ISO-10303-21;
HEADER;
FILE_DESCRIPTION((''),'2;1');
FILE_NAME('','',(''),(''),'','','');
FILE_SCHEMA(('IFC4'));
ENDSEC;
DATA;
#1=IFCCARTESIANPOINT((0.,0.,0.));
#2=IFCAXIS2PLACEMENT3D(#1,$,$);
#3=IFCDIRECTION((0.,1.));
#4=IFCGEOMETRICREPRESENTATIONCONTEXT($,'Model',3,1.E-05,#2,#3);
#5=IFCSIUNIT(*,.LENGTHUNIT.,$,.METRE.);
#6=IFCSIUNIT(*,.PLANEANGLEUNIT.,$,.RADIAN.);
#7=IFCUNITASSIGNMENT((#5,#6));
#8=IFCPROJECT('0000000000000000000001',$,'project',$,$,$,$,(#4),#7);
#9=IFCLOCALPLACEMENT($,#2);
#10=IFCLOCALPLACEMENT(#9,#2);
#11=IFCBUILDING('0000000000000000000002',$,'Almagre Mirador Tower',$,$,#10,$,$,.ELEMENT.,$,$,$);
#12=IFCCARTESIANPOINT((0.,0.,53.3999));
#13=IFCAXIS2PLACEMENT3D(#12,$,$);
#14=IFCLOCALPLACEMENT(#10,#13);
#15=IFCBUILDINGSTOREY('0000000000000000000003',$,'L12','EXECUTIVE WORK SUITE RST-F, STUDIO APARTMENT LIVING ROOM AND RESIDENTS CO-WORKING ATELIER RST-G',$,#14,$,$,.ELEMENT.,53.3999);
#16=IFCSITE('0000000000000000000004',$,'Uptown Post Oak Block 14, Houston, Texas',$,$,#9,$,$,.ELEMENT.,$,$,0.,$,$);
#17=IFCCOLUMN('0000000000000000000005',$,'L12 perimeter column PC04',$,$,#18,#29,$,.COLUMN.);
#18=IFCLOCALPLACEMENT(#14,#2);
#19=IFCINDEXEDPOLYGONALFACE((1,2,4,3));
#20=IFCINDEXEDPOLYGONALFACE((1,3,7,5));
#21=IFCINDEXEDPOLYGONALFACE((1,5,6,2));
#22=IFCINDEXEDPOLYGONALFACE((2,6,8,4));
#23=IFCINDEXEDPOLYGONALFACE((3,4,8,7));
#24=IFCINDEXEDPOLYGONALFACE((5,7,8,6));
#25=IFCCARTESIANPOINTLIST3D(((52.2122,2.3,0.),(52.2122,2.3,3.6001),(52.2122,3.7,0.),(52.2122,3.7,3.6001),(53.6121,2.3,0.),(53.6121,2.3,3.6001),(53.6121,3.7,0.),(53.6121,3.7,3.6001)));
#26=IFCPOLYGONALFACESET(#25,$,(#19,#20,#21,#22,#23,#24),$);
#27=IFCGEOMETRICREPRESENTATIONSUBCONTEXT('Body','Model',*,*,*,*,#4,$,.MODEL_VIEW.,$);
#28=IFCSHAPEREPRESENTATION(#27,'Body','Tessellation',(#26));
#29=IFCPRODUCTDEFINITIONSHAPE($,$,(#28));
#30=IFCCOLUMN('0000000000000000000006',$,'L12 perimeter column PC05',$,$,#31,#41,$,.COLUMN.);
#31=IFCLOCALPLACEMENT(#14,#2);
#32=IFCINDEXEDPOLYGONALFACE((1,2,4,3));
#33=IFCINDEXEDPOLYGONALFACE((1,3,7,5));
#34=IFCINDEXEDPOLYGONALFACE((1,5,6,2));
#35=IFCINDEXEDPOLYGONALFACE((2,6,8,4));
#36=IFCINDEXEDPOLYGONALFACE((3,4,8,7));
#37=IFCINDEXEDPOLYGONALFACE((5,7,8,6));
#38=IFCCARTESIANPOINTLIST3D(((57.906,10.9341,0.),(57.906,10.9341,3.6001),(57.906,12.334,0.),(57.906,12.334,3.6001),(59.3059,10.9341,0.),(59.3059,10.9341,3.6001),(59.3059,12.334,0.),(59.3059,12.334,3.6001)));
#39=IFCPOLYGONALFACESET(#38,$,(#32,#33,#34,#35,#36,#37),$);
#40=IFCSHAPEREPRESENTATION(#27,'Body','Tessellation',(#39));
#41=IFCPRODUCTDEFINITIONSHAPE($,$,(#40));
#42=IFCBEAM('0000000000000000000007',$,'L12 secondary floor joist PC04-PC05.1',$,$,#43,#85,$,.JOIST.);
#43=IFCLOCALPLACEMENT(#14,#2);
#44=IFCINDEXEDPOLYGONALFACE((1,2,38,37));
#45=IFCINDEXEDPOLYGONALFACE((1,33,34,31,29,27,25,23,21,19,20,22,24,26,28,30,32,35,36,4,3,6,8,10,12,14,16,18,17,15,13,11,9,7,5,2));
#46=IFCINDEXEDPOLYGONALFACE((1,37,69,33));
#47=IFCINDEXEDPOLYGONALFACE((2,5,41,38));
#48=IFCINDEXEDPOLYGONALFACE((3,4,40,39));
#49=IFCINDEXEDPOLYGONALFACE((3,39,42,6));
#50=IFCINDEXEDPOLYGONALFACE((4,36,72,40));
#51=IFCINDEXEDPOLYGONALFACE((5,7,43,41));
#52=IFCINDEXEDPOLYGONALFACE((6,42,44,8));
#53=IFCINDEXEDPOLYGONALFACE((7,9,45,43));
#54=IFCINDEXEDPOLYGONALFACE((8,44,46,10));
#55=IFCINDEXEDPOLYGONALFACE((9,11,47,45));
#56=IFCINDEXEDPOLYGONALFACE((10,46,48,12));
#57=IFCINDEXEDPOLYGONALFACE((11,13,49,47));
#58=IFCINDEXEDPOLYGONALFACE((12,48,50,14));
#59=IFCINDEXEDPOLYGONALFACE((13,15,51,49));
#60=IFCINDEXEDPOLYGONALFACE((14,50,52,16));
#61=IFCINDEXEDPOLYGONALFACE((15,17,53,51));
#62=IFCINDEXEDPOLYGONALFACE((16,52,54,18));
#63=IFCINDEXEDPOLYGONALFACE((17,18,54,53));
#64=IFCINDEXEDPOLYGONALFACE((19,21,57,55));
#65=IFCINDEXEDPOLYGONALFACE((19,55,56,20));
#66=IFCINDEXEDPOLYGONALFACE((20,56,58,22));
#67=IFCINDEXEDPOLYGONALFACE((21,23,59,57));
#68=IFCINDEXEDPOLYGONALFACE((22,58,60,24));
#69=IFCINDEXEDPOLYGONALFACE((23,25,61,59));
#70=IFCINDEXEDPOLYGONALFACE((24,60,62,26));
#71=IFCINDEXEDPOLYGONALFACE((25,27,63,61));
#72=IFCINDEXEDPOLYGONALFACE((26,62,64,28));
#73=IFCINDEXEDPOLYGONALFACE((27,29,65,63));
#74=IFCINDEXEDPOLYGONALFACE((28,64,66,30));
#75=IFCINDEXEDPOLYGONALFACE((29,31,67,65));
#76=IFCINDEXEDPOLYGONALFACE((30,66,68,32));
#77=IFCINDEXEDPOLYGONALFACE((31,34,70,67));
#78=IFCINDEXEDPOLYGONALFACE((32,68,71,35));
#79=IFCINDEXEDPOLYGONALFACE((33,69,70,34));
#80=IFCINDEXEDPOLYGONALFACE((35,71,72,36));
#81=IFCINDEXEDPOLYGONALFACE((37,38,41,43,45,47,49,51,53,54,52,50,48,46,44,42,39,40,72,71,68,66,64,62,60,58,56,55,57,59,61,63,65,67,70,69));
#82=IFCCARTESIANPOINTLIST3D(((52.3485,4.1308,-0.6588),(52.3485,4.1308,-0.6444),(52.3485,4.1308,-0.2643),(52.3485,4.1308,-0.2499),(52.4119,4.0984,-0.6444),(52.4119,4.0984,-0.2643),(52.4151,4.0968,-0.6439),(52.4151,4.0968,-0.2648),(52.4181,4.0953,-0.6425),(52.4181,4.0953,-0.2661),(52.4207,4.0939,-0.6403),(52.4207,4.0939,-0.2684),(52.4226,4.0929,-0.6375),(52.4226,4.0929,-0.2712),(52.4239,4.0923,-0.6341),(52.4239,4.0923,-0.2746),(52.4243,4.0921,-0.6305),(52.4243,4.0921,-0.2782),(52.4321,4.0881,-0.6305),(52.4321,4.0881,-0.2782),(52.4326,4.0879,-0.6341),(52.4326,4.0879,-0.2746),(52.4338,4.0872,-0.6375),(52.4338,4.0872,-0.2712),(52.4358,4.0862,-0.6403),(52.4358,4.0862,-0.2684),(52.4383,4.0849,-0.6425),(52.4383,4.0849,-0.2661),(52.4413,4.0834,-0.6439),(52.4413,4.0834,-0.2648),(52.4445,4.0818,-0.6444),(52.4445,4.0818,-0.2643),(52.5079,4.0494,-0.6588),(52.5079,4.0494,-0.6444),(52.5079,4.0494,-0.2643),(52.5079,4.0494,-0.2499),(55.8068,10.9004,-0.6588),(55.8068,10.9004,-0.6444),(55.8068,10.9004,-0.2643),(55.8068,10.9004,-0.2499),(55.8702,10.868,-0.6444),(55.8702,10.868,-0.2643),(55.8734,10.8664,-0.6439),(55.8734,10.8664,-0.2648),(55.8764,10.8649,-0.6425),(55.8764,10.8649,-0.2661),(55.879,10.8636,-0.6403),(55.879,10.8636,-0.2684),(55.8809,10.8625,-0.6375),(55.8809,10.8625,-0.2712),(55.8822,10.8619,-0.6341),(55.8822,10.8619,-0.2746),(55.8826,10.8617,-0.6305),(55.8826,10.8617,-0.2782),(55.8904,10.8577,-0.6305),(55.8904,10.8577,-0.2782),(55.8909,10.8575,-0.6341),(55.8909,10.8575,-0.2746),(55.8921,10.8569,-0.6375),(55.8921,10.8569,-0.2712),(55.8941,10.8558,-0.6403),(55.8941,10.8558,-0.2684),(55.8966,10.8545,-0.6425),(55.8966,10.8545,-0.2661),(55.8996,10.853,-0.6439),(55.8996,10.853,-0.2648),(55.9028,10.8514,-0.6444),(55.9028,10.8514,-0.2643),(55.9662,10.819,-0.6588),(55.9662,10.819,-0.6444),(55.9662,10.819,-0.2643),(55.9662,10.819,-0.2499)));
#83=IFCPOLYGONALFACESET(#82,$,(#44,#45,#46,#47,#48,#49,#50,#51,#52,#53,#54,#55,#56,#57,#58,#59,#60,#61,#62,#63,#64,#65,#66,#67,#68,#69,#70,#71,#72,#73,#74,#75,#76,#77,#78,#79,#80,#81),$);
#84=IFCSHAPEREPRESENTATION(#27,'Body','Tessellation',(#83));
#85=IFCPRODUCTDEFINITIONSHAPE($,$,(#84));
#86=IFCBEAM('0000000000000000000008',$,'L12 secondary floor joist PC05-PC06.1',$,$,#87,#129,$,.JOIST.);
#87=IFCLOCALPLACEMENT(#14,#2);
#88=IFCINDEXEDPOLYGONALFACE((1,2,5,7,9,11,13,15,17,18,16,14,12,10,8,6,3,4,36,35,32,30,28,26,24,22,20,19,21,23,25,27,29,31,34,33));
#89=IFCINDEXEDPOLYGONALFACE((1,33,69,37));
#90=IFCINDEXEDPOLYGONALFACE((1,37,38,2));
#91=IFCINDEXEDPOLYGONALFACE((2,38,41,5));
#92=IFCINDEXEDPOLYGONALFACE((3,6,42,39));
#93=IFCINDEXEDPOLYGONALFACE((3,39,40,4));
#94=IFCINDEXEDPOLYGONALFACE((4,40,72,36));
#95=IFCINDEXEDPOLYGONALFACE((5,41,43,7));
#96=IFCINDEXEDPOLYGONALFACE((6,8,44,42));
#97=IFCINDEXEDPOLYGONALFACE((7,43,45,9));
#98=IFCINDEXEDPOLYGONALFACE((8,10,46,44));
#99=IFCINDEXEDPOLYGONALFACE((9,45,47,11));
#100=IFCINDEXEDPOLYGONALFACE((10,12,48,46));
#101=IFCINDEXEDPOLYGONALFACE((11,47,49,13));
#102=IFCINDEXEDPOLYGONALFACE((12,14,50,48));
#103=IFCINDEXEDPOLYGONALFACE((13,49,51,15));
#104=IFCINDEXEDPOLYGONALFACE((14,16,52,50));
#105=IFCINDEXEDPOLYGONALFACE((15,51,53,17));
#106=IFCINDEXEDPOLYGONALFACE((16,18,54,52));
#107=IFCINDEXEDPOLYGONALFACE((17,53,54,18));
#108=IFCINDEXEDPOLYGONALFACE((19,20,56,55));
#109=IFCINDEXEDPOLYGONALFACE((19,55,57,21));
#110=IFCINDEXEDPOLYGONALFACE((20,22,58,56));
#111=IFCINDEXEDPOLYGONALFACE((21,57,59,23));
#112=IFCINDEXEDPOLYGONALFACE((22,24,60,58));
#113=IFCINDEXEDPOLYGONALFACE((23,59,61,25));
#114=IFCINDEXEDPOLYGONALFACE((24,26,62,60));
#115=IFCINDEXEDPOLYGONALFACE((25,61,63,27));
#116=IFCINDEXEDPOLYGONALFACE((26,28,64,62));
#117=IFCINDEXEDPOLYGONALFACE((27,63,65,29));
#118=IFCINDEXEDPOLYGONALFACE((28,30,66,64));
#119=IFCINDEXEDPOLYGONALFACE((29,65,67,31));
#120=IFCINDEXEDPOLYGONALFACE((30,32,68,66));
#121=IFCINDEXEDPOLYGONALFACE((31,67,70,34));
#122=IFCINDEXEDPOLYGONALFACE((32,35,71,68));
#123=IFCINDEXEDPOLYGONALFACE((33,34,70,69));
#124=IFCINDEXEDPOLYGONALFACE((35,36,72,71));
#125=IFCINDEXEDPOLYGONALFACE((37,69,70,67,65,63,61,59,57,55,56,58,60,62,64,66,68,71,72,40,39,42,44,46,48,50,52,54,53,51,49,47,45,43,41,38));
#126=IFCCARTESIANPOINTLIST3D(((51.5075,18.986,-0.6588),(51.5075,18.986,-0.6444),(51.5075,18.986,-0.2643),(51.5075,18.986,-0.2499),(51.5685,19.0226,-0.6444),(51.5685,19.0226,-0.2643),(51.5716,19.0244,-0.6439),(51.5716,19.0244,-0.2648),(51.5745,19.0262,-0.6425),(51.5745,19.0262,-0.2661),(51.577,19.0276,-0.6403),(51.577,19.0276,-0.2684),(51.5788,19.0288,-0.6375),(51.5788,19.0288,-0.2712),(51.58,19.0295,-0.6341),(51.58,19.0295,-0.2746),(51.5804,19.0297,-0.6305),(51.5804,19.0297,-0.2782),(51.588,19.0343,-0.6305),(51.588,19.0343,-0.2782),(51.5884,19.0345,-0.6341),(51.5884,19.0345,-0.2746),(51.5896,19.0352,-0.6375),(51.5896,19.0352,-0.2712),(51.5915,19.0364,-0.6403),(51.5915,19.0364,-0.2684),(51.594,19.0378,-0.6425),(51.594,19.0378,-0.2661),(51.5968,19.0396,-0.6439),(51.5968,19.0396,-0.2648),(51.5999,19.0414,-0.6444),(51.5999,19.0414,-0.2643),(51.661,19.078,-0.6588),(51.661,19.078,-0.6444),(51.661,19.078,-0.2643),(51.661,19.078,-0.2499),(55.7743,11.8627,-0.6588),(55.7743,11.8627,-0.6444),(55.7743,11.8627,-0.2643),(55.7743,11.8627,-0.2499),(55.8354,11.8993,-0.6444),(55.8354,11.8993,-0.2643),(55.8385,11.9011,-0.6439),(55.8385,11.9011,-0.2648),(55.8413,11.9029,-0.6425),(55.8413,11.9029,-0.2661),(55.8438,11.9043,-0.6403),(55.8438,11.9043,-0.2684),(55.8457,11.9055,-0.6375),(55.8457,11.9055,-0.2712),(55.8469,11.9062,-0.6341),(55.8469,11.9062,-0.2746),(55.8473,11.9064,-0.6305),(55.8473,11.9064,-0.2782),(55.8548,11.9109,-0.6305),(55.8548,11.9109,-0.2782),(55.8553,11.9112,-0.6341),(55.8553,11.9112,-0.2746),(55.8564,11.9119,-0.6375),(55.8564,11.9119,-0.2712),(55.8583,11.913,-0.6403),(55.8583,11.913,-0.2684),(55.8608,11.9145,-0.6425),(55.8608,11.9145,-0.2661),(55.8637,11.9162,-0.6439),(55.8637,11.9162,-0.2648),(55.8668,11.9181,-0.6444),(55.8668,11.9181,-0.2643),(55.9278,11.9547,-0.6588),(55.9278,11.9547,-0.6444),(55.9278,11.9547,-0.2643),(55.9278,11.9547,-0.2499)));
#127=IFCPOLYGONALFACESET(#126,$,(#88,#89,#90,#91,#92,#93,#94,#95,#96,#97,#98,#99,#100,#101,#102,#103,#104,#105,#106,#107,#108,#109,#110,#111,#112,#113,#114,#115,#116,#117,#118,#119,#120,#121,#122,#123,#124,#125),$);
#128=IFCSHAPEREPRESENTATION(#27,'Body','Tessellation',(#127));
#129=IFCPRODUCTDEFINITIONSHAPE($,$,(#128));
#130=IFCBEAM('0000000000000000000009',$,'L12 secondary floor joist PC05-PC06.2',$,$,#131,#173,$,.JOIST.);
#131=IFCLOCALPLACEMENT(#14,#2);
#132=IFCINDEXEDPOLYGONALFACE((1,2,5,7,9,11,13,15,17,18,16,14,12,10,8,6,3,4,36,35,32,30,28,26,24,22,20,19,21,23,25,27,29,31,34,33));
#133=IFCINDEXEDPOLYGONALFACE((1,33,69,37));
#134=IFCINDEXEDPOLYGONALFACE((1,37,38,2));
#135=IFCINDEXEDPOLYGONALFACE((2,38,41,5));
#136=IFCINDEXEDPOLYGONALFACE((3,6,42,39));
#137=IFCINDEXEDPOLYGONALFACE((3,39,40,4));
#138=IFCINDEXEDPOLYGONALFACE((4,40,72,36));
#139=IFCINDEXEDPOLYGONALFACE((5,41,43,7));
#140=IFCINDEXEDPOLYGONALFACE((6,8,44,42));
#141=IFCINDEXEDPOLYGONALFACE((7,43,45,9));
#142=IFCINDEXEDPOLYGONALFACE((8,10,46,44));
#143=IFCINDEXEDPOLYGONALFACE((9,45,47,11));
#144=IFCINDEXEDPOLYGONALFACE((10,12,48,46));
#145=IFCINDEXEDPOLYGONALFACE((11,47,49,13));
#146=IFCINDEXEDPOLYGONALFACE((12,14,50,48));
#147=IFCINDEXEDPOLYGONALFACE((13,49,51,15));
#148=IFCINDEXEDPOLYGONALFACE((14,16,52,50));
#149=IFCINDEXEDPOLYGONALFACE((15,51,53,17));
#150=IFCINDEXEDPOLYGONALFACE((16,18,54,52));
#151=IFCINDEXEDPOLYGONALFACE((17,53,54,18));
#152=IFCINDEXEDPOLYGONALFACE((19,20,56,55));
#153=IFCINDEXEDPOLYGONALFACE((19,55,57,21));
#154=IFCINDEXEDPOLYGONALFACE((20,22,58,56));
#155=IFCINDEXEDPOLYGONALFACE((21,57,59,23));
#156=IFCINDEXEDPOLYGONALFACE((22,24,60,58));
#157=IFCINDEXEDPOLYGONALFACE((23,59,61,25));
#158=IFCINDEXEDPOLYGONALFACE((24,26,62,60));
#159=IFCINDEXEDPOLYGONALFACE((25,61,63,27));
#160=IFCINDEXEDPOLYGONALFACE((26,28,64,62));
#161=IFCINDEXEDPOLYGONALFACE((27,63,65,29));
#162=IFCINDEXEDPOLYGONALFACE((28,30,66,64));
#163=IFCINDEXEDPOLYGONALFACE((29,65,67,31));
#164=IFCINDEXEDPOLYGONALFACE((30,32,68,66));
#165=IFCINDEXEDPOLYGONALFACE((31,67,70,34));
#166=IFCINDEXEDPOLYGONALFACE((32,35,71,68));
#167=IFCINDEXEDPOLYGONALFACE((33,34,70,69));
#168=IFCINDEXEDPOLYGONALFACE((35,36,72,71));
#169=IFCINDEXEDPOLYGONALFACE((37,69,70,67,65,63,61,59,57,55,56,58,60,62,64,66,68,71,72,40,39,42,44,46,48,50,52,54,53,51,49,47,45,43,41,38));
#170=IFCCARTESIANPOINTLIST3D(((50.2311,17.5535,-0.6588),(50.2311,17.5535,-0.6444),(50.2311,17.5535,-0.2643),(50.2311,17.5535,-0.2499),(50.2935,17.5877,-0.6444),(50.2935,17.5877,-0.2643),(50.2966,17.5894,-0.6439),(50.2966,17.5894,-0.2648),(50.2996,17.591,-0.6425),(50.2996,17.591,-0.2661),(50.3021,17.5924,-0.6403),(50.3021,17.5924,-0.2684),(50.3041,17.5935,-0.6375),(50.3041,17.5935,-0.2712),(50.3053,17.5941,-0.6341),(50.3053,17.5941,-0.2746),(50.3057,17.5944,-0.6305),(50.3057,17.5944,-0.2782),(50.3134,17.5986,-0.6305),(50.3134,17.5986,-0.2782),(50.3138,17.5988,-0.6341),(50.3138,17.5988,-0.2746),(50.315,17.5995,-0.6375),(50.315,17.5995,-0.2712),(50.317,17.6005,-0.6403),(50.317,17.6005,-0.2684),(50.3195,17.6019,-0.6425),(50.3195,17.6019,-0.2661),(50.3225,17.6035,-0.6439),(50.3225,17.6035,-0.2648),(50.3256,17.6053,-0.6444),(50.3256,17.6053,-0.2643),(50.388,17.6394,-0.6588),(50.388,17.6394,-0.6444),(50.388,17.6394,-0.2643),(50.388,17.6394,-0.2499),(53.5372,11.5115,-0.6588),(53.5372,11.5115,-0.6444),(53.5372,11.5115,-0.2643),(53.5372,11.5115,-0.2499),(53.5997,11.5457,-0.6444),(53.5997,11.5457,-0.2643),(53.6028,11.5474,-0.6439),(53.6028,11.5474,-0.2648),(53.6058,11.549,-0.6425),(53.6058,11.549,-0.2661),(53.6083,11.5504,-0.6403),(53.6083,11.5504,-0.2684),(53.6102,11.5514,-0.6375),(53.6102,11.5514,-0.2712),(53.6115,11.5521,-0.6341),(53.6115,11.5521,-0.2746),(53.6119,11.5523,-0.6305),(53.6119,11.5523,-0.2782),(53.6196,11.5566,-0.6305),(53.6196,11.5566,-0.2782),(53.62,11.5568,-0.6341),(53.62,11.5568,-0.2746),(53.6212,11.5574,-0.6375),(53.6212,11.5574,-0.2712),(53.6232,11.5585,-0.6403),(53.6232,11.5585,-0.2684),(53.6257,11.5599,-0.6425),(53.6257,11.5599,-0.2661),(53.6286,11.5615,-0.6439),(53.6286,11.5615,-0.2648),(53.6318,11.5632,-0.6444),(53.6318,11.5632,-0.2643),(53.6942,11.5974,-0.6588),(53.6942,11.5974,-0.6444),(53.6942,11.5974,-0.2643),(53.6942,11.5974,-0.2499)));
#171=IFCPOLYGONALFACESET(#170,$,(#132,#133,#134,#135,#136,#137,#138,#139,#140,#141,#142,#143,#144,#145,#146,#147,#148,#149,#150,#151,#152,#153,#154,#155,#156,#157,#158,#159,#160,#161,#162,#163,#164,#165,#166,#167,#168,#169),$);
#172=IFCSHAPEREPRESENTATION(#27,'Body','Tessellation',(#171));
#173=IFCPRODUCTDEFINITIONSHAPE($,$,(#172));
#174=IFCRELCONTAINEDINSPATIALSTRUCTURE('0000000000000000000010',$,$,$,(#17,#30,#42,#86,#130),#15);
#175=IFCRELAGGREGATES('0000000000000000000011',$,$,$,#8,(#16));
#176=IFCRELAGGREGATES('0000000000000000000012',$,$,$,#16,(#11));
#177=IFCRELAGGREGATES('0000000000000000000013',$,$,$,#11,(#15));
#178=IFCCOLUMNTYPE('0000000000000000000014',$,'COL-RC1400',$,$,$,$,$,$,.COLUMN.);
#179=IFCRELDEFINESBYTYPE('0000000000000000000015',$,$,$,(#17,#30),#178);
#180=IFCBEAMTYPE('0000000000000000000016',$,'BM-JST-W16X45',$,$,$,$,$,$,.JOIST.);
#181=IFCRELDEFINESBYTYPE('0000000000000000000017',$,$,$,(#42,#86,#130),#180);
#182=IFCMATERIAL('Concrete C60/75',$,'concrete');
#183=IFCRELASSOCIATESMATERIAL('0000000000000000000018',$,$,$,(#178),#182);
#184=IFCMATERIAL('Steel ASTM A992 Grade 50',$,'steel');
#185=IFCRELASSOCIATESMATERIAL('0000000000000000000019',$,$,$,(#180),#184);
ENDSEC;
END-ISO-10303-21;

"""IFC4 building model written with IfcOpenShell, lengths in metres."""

from ifc_helpers import new_model, si_unit, direction, frame, origin, origin_2d, place, context, subcontext, project, spatial, rectangle, i_section, extrude, material, material_profile, profile_set, type_object, element, save


model = new_model("IFC4")

# Units and contexts
model_context = context("Model", 3, precision=1e-05, world=origin(), true_north=direction((0.0, 1.0)))
body_context = subcontext(model_context, "Body", "Model", "MODEL_VIEW")
ifc_project = project(units=[si_unit("LENGTHUNIT", "METRE"), si_unit("PLANEANGLEUNIT", "RADIAN")], contexts=[model_context])

# Site, building, storey
site_placement = place(None, origin())
site = spatial("IfcSite", under=ifc_project, at=site_placement, Name="Uptown Post Oak Block 14, Houston, Texas", CompositionType="ELEMENT", RefElevation=0.0)
building_placement = place(site_placement, origin())
building = spatial("IfcBuilding", under=site, at=building_placement, Name="Almagre Mirador Tower", CompositionType="ELEMENT")
storey_placement = place(building_placement, frame((0.0, 0.0, 53.3999)))
storey = spatial("IfcBuildingStorey", under=building, at=storey_placement, Name="L12", Description="EXECUTIVE WORK SUITE RST-F, STUDIO APARTMENT LIVING ROOM AND RESIDENTS CO-WORKING ATELIER RST-G", CompositionType="ELEMENT", Elevation=53.3999)

# Columns
ifc_material_1 = material(Name="Concrete C60/75", Category="concrete")
ifc_material_profile_1 = material_profile(ifc_material_1, rectangle(XDim=1.3999, YDim=1.3999, at=origin_2d()), Name="RC1400X1400")
ifc_profile_set_1 = profile_set([ifc_material_profile_1], Name="Concrete C60/75")
column_type = type_object("IfcColumnType", Name="COL-RC1400", PredefinedType="COLUMN", material=ifc_profile_set_1)
for number, where, z_axis, x_axis, name in (
    (1, (52.9121, 3.0, 0.0), (0.0, 0.0, 1.0), (1.0, 0.0, 0.0), "L12 perimeter column PC04"),
    (2, (58.606, 11.634, 0.0), (0.0, 0.0, 1.0), (1.0, 0.0, 0.0), "L12 perimeter column PC05"),
):
    element("IfcColumn", number, at=place(storey_placement, frame(where, z_axis=z_axis, x_axis=x_axis)), inside=storey, type_object=column_type, Name=name, PredefinedType="COLUMN", context=body_context, shape_type="SweptSolid", body=[
        extrude(rectangle(XDim=1.3999, YDim=1.3999, at=origin_2d()), origin(), (0.0, 0.0, 1.0), 3.6001),
    ])

# Beams
ifc_material_2 = material(Name="Steel ASTM A992 Grade 50", Category="steel")
ifc_material_profile_2 = material_profile(ifc_material_2, i_section(OverallWidth=0.179, OverallDepth=0.4089, WebThickness=0.0088, FlangeThickness=0.0144, FilletRadius=0.0139, at=origin_2d()), Name="W16X45")
ifc_profile_set_2 = profile_set([ifc_material_profile_2], Name="Steel ASTM A992 Grade 50")
beam_type_1 = type_object("IfcBeamType", Name="BM-JST-W16X45", PredefinedType="JOIST", material=ifc_profile_set_2)
beam_1_placement = place(storey_placement, frame((52.4282, 4.0901, -0.4543), z_axis=(0.454931, 0.890527, 0.0), x_axis=(-0.890527, 0.454931, 0.0)))
element("IfcBeam", 3, at=beam_1_placement, inside=storey, type_object=beam_type_1, Name="L12 secondary floor joist PC04-PC05.1", PredefinedType="JOIST", context=body_context, shape_type="SweptSolid", body=[
    extrude(i_section(OverallWidth=0.179, OverallDepth=0.4089, WebThickness=0.0088, FlangeThickness=0.0144, FilletRadius=0.0139, at=origin_2d()), origin(), (0.0, 0.0, 1.0), 7.6018),
])
beam_2_placement = place(storey_placement, frame((55.8511, 11.9087, -0.4543), z_axis=(-0.513864, 0.857871, 0.0), x_axis=(-0.857871, -0.513864, 0.0)))
element("IfcBeam", 4, at=beam_2_placement, inside=storey, type_object=beam_type_1, Name="L12 secondary floor joist PC05-PC06.1", PredefinedType="JOIST", context=body_context, shape_type="SweptSolid", body=[
    extrude(i_section(OverallWidth=0.179, OverallDepth=0.4089, WebThickness=0.0088, FlangeThickness=0.0144, FilletRadius=0.0139, at=origin_2d()), origin(), (0.0, 0.0, 1.0), 8.3035),
])
beam_3_placement = place(storey_placement, frame((53.6157, 11.5544, -0.4543), z_axis=(-0.480029, 0.877253, 0.0), x_axis=(-0.877253, -0.480029, 0.0)))
element("IfcBeam", 5, at=beam_3_placement, inside=storey, type_object=beam_type_1, Name="L12 secondary floor joist PC05-PC06.2", PredefinedType="JOIST", context=body_context, shape_type="SweptSolid", body=[
    extrude(i_section(OverallWidth=0.179, OverallDepth=0.4089, WebThickness=0.0088, FlangeThickness=0.0144, FilletRadius=0.0139, at=origin_2d()), origin(), (0.0, 0.0, 1.0), 6.8875),
])

save(model, "model.ifc")
